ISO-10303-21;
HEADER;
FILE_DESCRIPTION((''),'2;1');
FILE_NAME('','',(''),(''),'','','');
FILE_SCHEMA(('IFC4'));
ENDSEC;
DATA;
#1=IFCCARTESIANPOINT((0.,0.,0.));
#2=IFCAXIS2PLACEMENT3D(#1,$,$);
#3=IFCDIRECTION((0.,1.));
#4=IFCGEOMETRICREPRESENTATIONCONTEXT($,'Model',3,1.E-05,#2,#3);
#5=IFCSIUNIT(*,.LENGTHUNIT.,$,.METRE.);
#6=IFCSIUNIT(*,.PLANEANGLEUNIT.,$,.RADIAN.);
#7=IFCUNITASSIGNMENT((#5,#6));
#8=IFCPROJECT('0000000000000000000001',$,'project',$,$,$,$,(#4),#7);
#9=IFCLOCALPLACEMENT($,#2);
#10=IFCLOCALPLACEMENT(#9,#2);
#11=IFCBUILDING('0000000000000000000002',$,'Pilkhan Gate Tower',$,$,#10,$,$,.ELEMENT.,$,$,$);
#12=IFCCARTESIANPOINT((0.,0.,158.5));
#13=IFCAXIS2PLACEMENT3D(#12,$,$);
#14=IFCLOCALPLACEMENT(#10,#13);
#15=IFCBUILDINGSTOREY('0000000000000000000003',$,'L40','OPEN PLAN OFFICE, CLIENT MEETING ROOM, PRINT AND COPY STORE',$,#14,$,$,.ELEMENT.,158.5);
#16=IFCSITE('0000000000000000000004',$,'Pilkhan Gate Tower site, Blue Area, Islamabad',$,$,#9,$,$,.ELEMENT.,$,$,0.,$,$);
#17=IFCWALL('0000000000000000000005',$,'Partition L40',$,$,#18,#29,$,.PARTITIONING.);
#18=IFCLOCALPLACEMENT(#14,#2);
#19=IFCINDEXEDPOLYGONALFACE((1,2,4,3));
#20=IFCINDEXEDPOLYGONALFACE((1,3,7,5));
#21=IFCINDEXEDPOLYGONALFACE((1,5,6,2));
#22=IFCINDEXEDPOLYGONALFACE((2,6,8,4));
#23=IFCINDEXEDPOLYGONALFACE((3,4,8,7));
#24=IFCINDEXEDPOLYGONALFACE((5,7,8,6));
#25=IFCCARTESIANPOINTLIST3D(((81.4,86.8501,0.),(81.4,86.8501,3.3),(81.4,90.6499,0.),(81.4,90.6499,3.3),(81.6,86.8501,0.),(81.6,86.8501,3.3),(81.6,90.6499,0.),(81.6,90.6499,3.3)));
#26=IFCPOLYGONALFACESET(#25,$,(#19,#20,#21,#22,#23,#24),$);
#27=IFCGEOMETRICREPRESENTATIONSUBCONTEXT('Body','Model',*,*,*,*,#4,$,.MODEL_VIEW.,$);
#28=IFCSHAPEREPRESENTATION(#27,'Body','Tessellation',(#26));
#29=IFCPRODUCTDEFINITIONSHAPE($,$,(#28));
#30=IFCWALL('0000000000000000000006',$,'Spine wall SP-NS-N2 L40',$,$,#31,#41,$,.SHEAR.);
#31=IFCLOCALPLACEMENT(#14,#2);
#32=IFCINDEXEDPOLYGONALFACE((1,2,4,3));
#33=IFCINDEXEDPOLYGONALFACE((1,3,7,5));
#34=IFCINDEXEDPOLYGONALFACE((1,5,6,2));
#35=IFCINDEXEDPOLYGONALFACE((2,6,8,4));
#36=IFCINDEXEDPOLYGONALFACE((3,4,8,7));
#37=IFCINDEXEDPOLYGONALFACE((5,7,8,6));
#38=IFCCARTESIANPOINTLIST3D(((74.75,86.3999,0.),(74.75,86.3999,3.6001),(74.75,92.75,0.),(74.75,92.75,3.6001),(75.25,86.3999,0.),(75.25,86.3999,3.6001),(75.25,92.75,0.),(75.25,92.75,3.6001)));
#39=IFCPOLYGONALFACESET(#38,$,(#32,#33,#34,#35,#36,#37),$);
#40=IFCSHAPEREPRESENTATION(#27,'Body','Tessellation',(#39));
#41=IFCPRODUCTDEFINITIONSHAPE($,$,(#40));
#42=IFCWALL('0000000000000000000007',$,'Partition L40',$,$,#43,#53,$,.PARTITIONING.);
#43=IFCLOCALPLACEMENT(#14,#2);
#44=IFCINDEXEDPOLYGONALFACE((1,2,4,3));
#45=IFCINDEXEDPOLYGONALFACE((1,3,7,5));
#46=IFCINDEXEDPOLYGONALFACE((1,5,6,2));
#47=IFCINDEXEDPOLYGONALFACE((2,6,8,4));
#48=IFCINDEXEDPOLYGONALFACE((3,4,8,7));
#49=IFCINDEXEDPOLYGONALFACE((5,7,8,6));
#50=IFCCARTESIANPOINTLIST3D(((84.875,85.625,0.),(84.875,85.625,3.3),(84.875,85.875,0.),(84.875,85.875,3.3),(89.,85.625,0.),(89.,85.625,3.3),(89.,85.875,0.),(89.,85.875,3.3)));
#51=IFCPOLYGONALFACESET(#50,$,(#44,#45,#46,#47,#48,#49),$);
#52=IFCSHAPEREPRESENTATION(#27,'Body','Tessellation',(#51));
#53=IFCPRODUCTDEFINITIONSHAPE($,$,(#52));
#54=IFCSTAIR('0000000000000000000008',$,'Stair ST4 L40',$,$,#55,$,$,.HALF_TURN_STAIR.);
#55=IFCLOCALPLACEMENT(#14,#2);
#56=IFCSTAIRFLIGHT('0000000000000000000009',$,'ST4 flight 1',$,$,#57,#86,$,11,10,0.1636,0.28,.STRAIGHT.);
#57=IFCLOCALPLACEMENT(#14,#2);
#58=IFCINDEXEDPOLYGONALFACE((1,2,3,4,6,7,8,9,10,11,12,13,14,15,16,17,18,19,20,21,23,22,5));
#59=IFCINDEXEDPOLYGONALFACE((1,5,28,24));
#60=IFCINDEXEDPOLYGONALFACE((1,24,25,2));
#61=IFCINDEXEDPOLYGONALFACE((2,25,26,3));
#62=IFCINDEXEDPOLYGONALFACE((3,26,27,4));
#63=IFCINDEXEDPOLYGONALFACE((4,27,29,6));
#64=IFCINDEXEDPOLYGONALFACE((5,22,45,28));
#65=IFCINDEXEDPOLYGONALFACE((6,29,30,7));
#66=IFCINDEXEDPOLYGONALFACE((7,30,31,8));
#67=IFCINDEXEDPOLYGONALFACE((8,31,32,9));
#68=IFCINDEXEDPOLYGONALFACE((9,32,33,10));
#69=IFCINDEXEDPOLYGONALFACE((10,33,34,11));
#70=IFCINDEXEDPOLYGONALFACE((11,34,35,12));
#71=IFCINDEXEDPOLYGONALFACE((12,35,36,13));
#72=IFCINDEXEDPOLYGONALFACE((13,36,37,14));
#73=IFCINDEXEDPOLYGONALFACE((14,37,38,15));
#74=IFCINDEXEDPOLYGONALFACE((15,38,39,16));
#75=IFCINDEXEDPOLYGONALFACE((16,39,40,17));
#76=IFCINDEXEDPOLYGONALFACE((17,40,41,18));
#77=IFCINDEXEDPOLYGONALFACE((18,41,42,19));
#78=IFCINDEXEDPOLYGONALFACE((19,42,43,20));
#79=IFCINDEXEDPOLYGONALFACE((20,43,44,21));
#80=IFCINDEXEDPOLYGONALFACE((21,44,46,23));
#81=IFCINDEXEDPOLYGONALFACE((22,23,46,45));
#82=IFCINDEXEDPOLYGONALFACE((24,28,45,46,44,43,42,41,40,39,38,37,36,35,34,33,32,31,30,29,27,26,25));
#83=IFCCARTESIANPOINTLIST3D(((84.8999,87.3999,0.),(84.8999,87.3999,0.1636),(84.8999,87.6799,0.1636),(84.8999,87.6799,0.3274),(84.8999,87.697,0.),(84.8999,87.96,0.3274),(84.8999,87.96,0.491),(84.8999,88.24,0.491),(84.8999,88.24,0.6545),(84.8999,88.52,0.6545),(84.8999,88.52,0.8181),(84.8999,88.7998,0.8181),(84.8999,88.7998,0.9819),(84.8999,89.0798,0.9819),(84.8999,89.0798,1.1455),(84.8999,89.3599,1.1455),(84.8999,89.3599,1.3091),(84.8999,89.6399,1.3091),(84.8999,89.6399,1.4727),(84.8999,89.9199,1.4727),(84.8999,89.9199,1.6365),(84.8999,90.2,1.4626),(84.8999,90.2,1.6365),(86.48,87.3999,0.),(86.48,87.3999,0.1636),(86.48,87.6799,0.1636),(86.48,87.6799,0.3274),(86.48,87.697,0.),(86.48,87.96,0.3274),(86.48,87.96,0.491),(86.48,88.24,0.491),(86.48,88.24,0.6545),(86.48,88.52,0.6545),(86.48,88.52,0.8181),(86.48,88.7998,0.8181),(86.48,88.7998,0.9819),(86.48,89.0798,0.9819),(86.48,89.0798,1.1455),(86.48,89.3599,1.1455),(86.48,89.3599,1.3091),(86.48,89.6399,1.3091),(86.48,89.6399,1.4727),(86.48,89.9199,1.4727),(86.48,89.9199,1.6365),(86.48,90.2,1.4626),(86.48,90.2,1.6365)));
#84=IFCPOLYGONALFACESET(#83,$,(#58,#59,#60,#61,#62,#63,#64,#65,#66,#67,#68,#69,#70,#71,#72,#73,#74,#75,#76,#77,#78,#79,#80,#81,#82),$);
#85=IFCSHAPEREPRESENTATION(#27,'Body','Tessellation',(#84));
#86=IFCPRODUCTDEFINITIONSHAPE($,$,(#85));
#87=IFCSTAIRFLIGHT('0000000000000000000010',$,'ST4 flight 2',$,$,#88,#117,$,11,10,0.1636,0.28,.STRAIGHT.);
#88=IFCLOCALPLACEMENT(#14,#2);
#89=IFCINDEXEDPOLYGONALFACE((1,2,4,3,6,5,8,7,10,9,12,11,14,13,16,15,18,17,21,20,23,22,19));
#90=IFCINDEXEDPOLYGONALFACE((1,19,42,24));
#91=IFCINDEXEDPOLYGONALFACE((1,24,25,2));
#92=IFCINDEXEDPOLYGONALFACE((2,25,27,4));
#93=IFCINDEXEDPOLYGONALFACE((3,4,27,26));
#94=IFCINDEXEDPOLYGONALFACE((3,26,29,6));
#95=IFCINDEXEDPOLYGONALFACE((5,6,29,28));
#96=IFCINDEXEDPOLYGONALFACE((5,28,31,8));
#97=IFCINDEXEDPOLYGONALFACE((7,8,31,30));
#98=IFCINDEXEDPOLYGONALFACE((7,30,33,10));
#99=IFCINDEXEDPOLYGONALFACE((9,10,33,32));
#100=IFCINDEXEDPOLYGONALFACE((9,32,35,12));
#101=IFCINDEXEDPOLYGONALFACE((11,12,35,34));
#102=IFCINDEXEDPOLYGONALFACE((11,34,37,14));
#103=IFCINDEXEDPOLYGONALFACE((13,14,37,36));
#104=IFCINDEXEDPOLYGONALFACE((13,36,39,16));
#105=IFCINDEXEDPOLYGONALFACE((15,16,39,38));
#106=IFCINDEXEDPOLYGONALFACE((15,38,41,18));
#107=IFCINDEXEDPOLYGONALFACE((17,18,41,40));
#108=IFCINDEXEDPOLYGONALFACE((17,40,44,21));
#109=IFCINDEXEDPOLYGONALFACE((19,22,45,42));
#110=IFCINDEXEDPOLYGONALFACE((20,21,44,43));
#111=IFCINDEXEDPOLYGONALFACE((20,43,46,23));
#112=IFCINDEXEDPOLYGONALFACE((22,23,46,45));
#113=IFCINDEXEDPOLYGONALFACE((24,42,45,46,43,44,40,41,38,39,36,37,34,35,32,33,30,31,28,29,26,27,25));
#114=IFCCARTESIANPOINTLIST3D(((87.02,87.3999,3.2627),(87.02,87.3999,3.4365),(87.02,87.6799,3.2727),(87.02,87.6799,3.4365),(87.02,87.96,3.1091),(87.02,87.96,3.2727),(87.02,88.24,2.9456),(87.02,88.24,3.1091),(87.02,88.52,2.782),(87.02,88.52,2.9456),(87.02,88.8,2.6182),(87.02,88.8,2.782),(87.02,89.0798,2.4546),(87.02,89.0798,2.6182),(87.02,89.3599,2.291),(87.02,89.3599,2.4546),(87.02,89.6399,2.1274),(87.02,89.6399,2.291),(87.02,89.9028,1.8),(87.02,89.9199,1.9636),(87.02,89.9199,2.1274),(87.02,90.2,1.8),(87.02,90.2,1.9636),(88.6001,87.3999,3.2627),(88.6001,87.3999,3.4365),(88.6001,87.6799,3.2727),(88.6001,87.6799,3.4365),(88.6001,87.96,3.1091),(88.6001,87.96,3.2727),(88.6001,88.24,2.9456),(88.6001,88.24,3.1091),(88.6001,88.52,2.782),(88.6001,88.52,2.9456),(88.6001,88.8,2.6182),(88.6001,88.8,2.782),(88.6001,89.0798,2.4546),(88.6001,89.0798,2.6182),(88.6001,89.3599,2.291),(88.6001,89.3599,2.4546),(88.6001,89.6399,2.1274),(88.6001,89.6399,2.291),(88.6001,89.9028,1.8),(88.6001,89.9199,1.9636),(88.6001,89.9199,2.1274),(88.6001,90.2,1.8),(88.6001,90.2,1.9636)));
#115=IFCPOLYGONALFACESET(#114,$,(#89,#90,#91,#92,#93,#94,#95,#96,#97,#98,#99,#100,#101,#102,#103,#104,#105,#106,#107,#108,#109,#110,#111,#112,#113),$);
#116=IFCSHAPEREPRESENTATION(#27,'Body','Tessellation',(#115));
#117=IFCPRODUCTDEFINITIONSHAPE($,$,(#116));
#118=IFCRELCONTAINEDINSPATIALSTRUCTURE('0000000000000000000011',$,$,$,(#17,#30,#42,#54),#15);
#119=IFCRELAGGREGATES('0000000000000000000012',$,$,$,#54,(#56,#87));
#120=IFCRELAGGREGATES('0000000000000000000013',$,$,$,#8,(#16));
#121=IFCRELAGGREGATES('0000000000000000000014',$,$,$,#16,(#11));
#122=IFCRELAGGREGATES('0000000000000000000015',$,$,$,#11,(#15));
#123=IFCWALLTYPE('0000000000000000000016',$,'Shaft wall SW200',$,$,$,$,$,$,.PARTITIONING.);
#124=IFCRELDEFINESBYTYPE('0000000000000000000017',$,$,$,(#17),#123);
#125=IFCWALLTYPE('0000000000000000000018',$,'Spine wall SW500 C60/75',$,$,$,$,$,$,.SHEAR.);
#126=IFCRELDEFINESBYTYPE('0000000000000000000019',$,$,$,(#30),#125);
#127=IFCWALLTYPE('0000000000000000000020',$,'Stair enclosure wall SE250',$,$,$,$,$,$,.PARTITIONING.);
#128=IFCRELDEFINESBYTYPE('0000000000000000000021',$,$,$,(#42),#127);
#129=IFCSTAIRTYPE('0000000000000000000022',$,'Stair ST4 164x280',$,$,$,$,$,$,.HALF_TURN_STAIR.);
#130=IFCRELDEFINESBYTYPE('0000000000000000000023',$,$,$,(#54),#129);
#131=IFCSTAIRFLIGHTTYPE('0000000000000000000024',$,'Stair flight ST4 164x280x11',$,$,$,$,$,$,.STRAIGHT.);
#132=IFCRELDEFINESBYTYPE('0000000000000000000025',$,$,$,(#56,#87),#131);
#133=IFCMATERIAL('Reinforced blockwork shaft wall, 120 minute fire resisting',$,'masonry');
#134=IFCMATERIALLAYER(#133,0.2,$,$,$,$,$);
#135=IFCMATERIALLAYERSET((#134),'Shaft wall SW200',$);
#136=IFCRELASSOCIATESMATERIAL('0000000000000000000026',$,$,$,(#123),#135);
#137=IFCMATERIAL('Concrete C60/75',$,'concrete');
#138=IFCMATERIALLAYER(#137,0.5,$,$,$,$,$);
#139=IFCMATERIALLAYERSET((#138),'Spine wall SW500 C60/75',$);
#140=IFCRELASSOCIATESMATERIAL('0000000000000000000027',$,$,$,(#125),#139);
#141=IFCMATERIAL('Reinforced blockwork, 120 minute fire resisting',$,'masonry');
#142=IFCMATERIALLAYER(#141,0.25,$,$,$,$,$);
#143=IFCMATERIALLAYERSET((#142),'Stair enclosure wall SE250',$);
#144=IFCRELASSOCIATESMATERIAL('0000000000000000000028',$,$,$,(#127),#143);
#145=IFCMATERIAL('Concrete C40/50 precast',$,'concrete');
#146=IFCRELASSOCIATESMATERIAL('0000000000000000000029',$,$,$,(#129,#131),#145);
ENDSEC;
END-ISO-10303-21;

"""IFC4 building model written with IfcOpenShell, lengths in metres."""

from ifc_helpers import new_model, si_unit, direction, frame, frame_2d, origin, place, context, subcontext, project, spatial, polyline, rectangle, outline, extrude, material, layer, layer_set, type_object, element, aggregate, save


model = new_model("IFC4")

# Units and contexts
model_context = context("Model", 3, precision=1e-05, world=origin(), true_north=direction((0.0, 1.0)))
body_context = subcontext(model_context, "Body", "Model", "MODEL_VIEW")
ifc_project = project(units=[si_unit("LENGTHUNIT", "METRE"), si_unit("PLANEANGLEUNIT", "RADIAN")], contexts=[model_context])

# Site, building, storey
site_placement = place(None, origin())
site = spatial("IfcSite", under=ifc_project, at=site_placement, Name="Pilkhan Gate Tower site, Blue Area, Islamabad", CompositionType="ELEMENT", RefElevation=0.0)
building_placement = place(site_placement, origin())
building = spatial("IfcBuilding", under=site, at=building_placement, Name="Pilkhan Gate Tower", CompositionType="ELEMENT")
storey_placement = place(building_placement, frame((0.0, 0.0, 158.5)))
storey = spatial("IfcBuildingStorey", under=building, at=storey_placement, Name="L40", Description="OPEN PLAN OFFICE, CLIENT MEETING ROOM, PRINT AND COPY STORE", CompositionType="ELEMENT", Elevation=158.5)

# Shared definitions
ifc_material_1 = material(Name="Reinforced blockwork shaft wall, 120 minute fire resisting", Category="masonry")
ifc_layer_1 = layer(ifc_material_1, 0.2)
ifc_layer_set_1 = layer_set([ifc_layer_1], Name="Shaft wall SW200")
wall_type_1 = type_object("IfcWallType", Name="Shaft wall SW200", PredefinedType="PARTITIONING", material=ifc_layer_set_1)

# Walls
for number, where, z_axis, x_axis, name in (
    (1, (81.5, 86.8501, 0.0), (0.0, 0.0, 1.0), (0.0, 1.0, 0.0), "Partition L40"),
):
    element("IfcWall", number, at=place(storey_placement, frame(where, z_axis=z_axis, x_axis=x_axis)), inside=storey, type_object=wall_type_1, Name=name, PredefinedType="PARTITIONING", context=body_context, shape_type="SweptSolid", body=[
        extrude(rectangle(XDim=3.7998, YDim=0.2, at=frame_2d((1.8999, 0.0))), origin(), (0.0, 0.0, 1.0), 3.3),
    ])
ifc_material_2 = material(Name="Concrete C60/75", Category="concrete")
ifc_layer_2 = layer(ifc_material_2, 0.5)
ifc_layer_set_2 = layer_set([ifc_layer_2], Name="Spine wall SW500 C60/75")
wall_type_2 = type_object("IfcWallType", Name="Spine wall SW500 C60/75", PredefinedType="SHEAR", material=ifc_layer_set_2)
wall_1_placement = place(storey_placement, frame((75.0, 86.3999, 0.0), z_axis=(0.0, 0.0, 1.0), x_axis=(0.0, 1.0, 0.0)))
element("IfcWall", 2, at=wall_1_placement, inside=storey, type_object=wall_type_2, Name="Spine wall SP-NS-N2 L40", PredefinedType="SHEAR", context=body_context, shape_type="SweptSolid", body=[
    extrude(rectangle(XDim=6.3501, YDim=0.5, at=frame_2d((3.175, 0.0))), origin(), (0.0, 0.0, 1.0), 3.6001),
])
ifc_material_3 = material(Name="Reinforced blockwork, 120 minute fire resisting", Category="masonry")
ifc_layer_3 = layer(ifc_material_3, 0.25)
ifc_layer_set_3 = layer_set([ifc_layer_3], Name="Stair enclosure wall SE250")
wall_type_3 = type_object("IfcWallType", Name="Stair enclosure wall SE250", PredefinedType="PARTITIONING", material=ifc_layer_set_3)
wall_2_placement = place(storey_placement, frame((84.875, 85.75, 0.0), z_axis=(0.0, 0.0, 1.0), x_axis=(1.0, 0.0, 0.0)))
element("IfcWall", 3, at=wall_2_placement, inside=storey, type_object=wall_type_3, Name="Partition L40", PredefinedType="PARTITIONING", context=body_context, shape_type="SweptSolid", body=[
    extrude(rectangle(XDim=4.125, YDim=0.25, at=frame_2d((2.0625, 0.0))), origin(), (0.0, 0.0, 1.0), 3.3),
])

# Stair, stair flights
ifc_material_4 = material(Name="Concrete C40/50 precast", Category="concrete")
stair_type = type_object("IfcStairType", Name="Stair ST4 164x280", PredefinedType="HALF_TURN_STAIR", material=ifc_material_4)
stair_placement = place(storey_placement, origin())
stair = element("IfcStair", 4, at=stair_placement, inside=storey, type_object=stair_type, Name="Stair ST4 L40", PredefinedType="HALF_TURN_STAIR")
stair_flight_type = type_object("IfcStairFlightType", Name="Stair flight ST4 164x280x11", PredefinedType="STRAIGHT", material=ifc_material_4)
stair_flight_1_placement = place(storey_placement, frame((85.6899, 87.3999, 0.0), z_axis=(0.0, 0.0, 1.0), x_axis=(0.0, 1.0, 0.0)))
stair_flight_1 = element("IfcStairFlight", 5, at=stair_flight_1_placement, type_object=stair_flight_type, Name="ST4 flight 1", NumberOfRisers=11, NumberOfTreads=10, PredefinedType="STRAIGHT", RiserHeight=0.1636, TreadLength=0.28, context=body_context, shape_type="SweptSolid", body=[
    extrude(outline(polyline([(0.0, 0.0), (0.0, 0.1636), (0.28, 0.1636), (0.28, 0.3274), (0.5601, 0.3274), (0.5601, 0.491), (0.8401, 0.491), (0.8401, 0.6545), (1.1201, 0.6545), (1.1201, 0.8181), (1.3999, 0.8181), (1.3999, 0.9819), (1.6799, 0.9819), (1.6799, 1.1455), (1.96, 1.1455), (1.96, 1.3091), (2.24, 1.3091), (2.24, 1.4727), (2.52, 1.4727), (2.52, 1.6365), (2.8, 1.6365), (2.8, 1.8), (2.8, 1.4626), (0.2971, 0.0), (0.0, 0.0)])), frame((0.0, 0.79, 0.0), z_axis=(0.0, -1.0, 0.0), x_axis=(1.0, 0.0, 0.0)), (0.0, 0.0, 1.0), 1.5801),
])
stair_flight_2_placement = place(storey_placement, frame((87.8101, 90.2, 1.8), z_axis=(0.0, 0.0, 1.0), x_axis=(0.0, -1.0, 0.0)))
stair_flight_2 = element("IfcStairFlight", 6, at=stair_flight_2_placement, type_object=stair_flight_type, Name="ST4 flight 2", NumberOfRisers=11, NumberOfTreads=10, PredefinedType="STRAIGHT", RiserHeight=0.1636, TreadLength=0.28, context=body_context, shape_type="SweptSolid", body=[
    extrude(outline(polyline([(0.0, 0.0), (0.0, 0.1636), (0.28, 0.1636), (0.28, 0.3274), (0.5601, 0.3274), (0.5601, 0.491), (0.8401, 0.491), (0.8401, 0.6545), (1.1201, 0.6545), (1.1201, 0.8181), (1.3999, 0.8181), (1.3999, 0.9819), (1.6799, 0.9819), (1.6799, 1.1455), (1.96, 1.1455), (1.96, 1.3091), (2.24, 1.3091), (2.24, 1.4727), (2.52, 1.4727), (2.52, 1.6365), (2.8, 1.6365), (2.8, 1.8), (2.8, 1.4626), (0.2971, 0.0), (0.0, 0.0)])), frame((0.0, 0.79, 0.0), z_axis=(0.0, -1.0, 0.0), x_axis=(1.0, 0.0, 0.0)), (0.0, 0.0, 1.0), 1.5801),
])
aggregate(stair, [stair_flight_1, stair_flight_2])

save(model, "model.ifc")
